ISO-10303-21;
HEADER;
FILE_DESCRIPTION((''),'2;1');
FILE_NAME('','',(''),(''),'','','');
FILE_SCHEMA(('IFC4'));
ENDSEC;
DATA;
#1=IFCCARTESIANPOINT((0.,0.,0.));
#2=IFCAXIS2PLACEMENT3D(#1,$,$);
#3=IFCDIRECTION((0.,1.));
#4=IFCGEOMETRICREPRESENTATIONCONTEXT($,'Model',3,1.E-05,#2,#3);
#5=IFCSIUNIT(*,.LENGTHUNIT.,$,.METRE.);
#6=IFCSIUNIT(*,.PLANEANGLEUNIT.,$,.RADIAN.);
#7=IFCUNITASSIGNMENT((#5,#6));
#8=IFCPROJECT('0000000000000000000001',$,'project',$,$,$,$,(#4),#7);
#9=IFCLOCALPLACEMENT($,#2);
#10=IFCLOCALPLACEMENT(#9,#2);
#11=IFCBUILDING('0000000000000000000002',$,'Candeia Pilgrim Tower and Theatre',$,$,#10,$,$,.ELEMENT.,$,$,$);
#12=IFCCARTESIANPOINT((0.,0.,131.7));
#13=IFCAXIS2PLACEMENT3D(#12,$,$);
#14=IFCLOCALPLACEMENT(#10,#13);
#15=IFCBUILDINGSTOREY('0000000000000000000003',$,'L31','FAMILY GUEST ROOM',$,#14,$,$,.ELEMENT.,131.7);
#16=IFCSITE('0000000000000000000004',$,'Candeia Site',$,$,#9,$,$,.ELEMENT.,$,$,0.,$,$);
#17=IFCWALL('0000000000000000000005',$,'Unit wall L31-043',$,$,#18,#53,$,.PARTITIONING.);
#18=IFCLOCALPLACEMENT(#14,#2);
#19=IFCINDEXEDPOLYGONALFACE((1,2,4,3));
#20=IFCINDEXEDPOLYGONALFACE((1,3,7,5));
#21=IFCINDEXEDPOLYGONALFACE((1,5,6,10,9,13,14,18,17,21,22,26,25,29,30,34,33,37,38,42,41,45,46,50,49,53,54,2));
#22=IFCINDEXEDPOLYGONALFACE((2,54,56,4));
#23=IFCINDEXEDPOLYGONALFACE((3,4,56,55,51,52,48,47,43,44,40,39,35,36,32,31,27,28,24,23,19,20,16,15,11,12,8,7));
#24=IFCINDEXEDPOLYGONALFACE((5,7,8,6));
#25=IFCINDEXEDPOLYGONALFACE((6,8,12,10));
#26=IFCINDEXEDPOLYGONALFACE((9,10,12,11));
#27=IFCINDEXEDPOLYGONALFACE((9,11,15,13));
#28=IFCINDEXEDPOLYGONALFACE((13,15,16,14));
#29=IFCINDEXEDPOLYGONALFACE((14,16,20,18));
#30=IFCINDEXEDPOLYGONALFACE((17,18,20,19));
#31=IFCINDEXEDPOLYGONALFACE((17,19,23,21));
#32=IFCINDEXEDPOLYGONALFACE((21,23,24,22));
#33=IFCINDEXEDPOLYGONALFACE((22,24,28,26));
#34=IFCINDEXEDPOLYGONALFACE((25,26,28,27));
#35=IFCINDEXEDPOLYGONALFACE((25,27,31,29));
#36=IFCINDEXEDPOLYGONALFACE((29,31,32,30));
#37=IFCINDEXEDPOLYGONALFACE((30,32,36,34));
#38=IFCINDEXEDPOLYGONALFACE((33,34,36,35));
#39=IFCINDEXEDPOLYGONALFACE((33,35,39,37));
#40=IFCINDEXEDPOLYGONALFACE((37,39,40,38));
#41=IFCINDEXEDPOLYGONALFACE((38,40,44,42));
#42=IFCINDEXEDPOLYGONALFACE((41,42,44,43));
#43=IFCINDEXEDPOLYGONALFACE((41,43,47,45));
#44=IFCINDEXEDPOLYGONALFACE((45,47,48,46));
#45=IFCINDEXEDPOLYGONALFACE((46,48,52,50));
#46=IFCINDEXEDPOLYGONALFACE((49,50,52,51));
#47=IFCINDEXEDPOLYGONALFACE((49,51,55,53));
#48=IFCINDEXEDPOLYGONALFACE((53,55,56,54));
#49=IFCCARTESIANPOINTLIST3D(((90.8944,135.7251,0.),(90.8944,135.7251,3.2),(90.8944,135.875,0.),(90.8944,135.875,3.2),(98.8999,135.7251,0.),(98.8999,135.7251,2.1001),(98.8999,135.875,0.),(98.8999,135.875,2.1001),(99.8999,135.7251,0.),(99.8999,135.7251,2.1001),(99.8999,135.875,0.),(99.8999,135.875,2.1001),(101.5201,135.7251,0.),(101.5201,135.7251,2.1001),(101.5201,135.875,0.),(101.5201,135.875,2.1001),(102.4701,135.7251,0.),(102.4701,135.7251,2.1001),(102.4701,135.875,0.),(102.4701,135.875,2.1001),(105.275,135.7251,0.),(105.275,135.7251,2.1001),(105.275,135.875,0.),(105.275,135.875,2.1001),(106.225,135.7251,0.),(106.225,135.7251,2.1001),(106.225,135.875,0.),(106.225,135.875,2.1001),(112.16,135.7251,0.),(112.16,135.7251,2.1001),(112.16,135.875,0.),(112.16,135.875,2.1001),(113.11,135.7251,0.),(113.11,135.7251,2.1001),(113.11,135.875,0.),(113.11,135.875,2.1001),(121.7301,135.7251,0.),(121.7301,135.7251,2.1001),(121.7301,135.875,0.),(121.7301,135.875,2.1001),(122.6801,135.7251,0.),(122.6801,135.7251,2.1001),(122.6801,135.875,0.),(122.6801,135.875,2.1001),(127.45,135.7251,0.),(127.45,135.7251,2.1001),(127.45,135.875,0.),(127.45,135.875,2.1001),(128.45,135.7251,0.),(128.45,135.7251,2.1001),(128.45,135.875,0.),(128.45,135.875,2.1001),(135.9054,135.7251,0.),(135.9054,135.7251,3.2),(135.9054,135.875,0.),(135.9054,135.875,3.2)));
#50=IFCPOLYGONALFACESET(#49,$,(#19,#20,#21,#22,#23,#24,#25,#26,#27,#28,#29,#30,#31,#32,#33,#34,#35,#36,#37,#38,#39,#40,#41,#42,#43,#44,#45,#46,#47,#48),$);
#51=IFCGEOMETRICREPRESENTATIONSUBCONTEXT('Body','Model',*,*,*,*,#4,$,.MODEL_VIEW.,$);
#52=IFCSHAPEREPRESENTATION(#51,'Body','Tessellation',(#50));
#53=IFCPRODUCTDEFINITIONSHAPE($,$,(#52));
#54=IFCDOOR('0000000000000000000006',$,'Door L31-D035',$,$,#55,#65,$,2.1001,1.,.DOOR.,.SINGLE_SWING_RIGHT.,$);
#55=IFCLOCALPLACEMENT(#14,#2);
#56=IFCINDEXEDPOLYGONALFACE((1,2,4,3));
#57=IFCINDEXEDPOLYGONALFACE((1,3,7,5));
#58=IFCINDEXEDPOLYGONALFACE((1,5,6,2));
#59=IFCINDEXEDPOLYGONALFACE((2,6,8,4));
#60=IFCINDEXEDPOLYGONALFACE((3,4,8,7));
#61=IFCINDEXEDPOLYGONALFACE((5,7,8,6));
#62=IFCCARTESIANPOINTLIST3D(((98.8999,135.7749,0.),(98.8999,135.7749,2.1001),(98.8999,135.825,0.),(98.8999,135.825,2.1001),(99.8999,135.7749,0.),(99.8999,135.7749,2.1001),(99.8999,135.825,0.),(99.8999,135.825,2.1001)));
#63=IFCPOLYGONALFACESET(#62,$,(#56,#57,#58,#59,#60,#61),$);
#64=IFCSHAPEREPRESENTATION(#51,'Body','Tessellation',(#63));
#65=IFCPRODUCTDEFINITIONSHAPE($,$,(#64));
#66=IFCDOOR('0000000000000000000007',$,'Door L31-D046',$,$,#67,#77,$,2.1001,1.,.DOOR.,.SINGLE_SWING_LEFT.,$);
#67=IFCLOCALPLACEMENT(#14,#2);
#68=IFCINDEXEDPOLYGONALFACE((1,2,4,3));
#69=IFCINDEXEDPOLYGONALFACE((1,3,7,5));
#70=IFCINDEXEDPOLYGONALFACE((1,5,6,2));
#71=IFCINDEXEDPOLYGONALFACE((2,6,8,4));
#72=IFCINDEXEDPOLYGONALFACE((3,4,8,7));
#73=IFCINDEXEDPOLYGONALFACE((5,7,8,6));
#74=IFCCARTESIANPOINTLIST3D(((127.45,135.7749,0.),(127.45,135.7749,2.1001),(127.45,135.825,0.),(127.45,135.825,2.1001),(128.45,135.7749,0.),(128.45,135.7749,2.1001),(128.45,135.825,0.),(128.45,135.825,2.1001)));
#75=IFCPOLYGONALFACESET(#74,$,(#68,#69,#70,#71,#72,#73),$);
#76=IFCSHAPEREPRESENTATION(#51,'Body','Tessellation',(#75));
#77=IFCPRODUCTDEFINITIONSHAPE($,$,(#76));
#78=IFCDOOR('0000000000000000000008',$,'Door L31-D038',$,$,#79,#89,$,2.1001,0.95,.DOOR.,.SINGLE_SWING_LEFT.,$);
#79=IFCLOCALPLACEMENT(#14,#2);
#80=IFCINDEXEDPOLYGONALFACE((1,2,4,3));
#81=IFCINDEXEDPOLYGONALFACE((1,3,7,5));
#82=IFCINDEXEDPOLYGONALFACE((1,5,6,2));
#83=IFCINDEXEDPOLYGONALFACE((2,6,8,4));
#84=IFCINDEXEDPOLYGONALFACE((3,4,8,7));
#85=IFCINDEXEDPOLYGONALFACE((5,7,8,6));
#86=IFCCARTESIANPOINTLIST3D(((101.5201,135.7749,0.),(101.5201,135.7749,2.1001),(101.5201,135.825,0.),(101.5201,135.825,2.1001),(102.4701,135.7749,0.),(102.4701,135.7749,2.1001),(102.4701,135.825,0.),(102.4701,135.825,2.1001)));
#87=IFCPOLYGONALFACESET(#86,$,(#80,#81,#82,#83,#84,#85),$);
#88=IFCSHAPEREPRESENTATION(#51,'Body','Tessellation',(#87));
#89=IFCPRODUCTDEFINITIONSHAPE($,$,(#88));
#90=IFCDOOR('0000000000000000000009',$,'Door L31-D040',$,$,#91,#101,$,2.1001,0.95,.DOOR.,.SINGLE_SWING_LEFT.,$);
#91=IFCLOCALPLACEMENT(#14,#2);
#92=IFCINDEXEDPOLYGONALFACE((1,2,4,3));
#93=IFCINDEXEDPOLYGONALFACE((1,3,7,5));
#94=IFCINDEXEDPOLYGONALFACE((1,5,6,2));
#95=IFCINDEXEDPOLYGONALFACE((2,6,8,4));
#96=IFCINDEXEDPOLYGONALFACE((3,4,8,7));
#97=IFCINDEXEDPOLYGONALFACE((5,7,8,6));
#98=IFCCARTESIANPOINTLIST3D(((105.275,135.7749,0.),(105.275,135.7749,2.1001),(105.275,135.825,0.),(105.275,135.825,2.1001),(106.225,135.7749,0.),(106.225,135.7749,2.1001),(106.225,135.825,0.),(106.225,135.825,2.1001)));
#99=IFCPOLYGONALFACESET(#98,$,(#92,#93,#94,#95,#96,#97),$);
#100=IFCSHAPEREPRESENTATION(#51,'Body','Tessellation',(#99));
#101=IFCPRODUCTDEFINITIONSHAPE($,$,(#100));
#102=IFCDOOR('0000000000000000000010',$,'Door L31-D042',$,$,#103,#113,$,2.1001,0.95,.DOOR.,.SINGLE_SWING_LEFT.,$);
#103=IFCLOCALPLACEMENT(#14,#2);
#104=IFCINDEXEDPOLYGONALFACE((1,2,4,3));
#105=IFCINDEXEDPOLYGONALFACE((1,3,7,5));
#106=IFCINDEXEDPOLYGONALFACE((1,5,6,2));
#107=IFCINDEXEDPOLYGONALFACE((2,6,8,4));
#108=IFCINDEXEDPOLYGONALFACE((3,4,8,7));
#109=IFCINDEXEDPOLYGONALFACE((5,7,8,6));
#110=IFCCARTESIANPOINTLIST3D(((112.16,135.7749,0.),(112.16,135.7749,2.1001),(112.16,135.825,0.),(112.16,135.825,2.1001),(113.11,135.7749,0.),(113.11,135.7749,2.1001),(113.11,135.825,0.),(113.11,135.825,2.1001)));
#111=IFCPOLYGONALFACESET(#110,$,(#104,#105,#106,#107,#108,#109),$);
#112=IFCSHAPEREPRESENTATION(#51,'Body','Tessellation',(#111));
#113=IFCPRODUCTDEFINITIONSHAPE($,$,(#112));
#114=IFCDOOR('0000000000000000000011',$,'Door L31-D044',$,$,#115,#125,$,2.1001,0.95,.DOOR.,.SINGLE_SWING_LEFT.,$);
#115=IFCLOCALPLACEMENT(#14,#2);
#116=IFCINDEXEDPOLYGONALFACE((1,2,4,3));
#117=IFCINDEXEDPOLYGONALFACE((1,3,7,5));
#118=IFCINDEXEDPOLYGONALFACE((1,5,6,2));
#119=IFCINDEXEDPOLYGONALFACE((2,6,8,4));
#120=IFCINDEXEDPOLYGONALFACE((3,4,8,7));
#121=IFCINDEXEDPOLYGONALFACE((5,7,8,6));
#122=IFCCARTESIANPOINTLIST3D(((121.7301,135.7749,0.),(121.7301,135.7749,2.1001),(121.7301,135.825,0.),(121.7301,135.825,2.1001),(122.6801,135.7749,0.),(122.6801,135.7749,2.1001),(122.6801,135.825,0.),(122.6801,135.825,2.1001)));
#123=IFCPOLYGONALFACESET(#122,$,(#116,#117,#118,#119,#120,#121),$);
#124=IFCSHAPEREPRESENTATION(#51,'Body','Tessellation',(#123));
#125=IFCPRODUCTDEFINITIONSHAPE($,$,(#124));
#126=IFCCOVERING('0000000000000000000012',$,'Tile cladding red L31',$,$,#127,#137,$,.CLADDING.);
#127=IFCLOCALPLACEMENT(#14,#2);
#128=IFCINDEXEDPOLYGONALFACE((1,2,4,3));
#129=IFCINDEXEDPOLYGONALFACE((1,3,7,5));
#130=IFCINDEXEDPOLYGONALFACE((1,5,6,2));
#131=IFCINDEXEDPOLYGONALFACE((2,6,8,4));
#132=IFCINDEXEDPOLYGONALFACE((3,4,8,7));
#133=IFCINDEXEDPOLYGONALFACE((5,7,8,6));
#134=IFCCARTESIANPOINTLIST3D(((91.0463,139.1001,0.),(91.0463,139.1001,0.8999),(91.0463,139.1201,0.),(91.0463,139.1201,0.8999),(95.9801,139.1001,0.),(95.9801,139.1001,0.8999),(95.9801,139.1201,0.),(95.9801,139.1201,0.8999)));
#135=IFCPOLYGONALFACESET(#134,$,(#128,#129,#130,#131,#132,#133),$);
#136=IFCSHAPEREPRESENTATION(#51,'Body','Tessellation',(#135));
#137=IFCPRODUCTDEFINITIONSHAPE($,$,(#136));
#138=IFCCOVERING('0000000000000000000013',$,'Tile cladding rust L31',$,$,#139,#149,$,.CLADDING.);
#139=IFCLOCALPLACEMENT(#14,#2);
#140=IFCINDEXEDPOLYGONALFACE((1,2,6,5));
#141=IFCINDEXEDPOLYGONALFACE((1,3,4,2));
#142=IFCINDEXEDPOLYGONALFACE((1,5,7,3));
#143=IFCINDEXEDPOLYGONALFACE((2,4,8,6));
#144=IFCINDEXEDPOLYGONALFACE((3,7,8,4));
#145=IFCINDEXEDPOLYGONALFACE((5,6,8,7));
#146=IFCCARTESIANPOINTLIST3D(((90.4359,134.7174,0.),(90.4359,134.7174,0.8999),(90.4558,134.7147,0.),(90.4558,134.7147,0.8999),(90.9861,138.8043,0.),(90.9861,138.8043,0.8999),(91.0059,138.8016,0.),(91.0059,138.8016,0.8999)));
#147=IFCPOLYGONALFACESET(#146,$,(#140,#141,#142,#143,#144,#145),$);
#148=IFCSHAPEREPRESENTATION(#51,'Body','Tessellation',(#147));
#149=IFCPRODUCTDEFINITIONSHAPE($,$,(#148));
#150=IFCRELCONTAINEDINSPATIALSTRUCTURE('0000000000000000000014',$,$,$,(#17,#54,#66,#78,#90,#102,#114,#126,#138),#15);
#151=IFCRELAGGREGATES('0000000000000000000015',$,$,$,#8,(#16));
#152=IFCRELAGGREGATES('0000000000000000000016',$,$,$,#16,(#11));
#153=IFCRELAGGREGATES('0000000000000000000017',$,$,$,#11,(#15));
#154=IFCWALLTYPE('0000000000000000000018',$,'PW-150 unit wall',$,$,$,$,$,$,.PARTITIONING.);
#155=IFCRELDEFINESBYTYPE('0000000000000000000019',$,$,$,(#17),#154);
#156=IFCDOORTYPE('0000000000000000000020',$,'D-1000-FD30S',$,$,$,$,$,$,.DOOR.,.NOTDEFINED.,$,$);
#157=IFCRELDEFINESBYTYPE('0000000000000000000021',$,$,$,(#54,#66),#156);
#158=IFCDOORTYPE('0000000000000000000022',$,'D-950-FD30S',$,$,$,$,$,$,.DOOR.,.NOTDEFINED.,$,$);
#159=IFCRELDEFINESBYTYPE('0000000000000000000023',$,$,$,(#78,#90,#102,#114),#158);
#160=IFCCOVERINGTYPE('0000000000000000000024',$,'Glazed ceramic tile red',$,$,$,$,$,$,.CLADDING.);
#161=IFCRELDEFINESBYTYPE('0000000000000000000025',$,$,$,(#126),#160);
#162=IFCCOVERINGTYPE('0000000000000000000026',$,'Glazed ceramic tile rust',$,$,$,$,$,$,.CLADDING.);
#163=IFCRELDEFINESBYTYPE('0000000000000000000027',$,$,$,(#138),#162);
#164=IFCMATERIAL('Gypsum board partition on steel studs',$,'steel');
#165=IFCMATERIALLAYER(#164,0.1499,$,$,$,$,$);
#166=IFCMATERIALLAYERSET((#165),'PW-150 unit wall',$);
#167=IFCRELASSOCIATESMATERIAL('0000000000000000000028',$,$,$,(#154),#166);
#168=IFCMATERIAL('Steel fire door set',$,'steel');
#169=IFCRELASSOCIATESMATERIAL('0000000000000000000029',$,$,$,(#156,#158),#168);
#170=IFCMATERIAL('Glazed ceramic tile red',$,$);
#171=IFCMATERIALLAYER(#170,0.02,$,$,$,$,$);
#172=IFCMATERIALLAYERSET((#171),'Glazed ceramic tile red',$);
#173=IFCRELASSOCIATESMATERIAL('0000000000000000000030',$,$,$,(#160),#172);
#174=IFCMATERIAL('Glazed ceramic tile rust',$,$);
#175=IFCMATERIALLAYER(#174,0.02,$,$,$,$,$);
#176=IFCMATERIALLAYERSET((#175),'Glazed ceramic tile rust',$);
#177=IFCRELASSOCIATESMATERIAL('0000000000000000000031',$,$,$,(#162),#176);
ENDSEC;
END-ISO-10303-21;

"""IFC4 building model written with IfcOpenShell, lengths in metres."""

from ifc_helpers import new_model, si_unit, direction, frame, frame_2d, origin, origin_2d, place, context, subcontext, project, spatial, rectangle, extrude, material, layer, layer_set, type_object, element, fill, save


model = new_model("IFC4")

# Units and contexts
model_context = context("Model", 3, precision=1e-05, world=origin(), true_north=direction((0.0, 1.0)))
body_context = subcontext(model_context, "Body", "Model", "MODEL_VIEW")
ifc_project = project(units=[si_unit("LENGTHUNIT", "METRE"), si_unit("PLANEANGLEUNIT", "RADIAN")], contexts=[model_context])

# Site, building, storey
site_placement = place(None, origin())
site = spatial("IfcSite", under=ifc_project, at=site_placement, Name="Candeia Site", CompositionType="ELEMENT", RefElevation=0.0)
building_placement = place(site_placement, origin())
building = spatial("IfcBuilding", under=site, at=building_placement, Name="Candeia Pilgrim Tower and Theatre", CompositionType="ELEMENT")
storey_placement = place(building_placement, frame((0.0, 0.0, 131.7)))
storey = spatial("IfcBuildingStorey", under=building, at=storey_placement, Name="L31", Description="FAMILY GUEST ROOM", CompositionType="ELEMENT", Elevation=131.7)

# Shared definitions
ifc_material_1 = material(Name="Gypsum board partition on steel studs", Category="steel")

# Wall, openings, doors
ifc_layer_1 = layer(ifc_material_1, 0.1499)
ifc_layer_set_1 = layer_set([ifc_layer_1], Name="PW-150 unit wall")
wall_type_1 = type_object("IfcWallType", Name="PW-150 unit wall", PredefinedType="PARTITIONING", material=ifc_layer_set_1)
wall_1_placement = place(storey_placement, frame((90.8945, 135.8, 0.0), z_axis=(0.0, 0.0, 1.0), x_axis=(1.0, 0.0, 0.0)))
wall_1 = element("IfcWall", 1, at=wall_1_placement, inside=storey, type_object=wall_type_1, Name="Unit wall L31-043", PredefinedType="PARTITIONING", context=body_context, shape_type="SweptSolid", body=[
    extrude(rectangle(XDim=45.011, YDim=0.1499, at=frame_2d((22.5054, 0.0))), origin(), (0.0, 0.0, 1.0), 3.2),
])
opening_1_placement = place(wall_1_placement, frame((8.0054, 0.0, 0.0)))
opening_1 = element("IfcOpeningElement", 2, at=opening_1_placement, cuts=wall_1, PredefinedType="OPENING", context=body_context, shape_type="SweptSolid", body=[
    extrude(rectangle(XDim=1.0, YDim=2.1001, at=frame_2d((0.5, 1.05))), frame((0.0, 0.085, 0.0), z_axis=(0.0, -1.0, 0.0), x_axis=(1.0, 0.0, 0.0)), (0.0, 0.0, 1.0), 0.1699),
])
opening_2_placement = place(wall_1_placement, frame((10.6255, 0.0, 0.0)))
opening_2 = element("IfcOpeningElement", 3, at=opening_2_placement, cuts=wall_1, PredefinedType="OPENING", context=body_context, shape_type="SweptSolid", body=[
    extrude(rectangle(XDim=0.95, YDim=2.1001, at=frame_2d((0.4751, 1.05))), frame((0.0, 0.085, 0.0), z_axis=(0.0, -1.0, 0.0), x_axis=(1.0, 0.0, 0.0)), (0.0, 0.0, 1.0), 0.1699),
])
opening_3_placement = place(wall_1_placement, frame((14.3804, 0.0, 0.0)))
opening_3 = element("IfcOpeningElement", 4, at=opening_3_placement, cuts=wall_1, PredefinedType="OPENING", context=body_context, shape_type="SweptSolid", body=[
    extrude(rectangle(XDim=0.95, YDim=2.1001, at=frame_2d((0.4751, 1.05))), frame((0.0, 0.085, 0.0), z_axis=(0.0, -1.0, 0.0), x_axis=(1.0, 0.0, 0.0)), (0.0, 0.0, 1.0), 0.1699),
])
opening_4_placement = place(wall_1_placement, frame((21.2654, 0.0, 0.0)))
opening_4 = element("IfcOpeningElement", 5, at=opening_4_placement, cuts=wall_1, PredefinedType="OPENING", context=body_context, shape_type="SweptSolid", body=[
    extrude(rectangle(XDim=0.95, YDim=2.1001, at=frame_2d((0.4751, 1.05))), frame((0.0, 0.085, 0.0), z_axis=(0.0, -1.0, 0.0), x_axis=(1.0, 0.0, 0.0)), (0.0, 0.0, 1.0), 0.1699),
])
opening_5_placement = place(wall_1_placement, frame((30.8354, 0.0, 0.0)))
opening_5 = element("IfcOpeningElement", 6, at=opening_5_placement, cuts=wall_1, PredefinedType="OPENING", context=body_context, shape_type="SweptSolid", body=[
    extrude(rectangle(XDim=0.95, YDim=2.1001, at=frame_2d((0.4751, 1.05))), frame((0.0, 0.085, 0.0), z_axis=(0.0, -1.0, 0.0), x_axis=(1.0, 0.0, 0.0)), (0.0, 0.0, 1.0), 0.1699),
])
opening_6_placement = place(wall_1_placement, frame((36.5554, 0.0, 0.0)))
opening_6 = element("IfcOpeningElement", 7, at=opening_6_placement, cuts=wall_1, PredefinedType="OPENING", context=body_context, shape_type="SweptSolid", body=[
    extrude(rectangle(XDim=1.0, YDim=2.1001, at=frame_2d((0.5, 1.05))), frame((0.0, 0.085, 0.0), z_axis=(0.0, -1.0, 0.0), x_axis=(1.0, 0.0, 0.0)), (0.0, 0.0, 1.0), 0.1699),
])
ifc_material_2 = material(Name="Steel fire door set", Category="steel")
door_type_1 = type_object("IfcDoorType", Name="D-1000-FD30S", OperationType="NOTDEFINED", PredefinedType="DOOR", material=ifc_material_2)
door_1_placement = place(opening_1_placement, origin())
door_1 = element("IfcDoor", 8, at=door_1_placement, inside=storey, type_object=door_type_1, Name="Door L31-D035", OperationType="SINGLE_SWING_RIGHT", OverallHeight=2.1001, OverallWidth=1.0, PredefinedType="DOOR", context=body_context, shape_type="SweptSolid", body=[
    extrude(rectangle(XDim=1.0, YDim=2.1001, at=frame_2d((0.5, 1.05))), frame((0.0, 0.0249, 0.0), z_axis=(0.0, -1.0, 0.0), x_axis=(1.0, 0.0, 0.0)), (0.0, 0.0, 1.0), 0.05),
])
fill(opening_1, door_1)
door_2_placement = place(opening_6_placement, origin())
door_2 = element("IfcDoor", 9, at=door_2_placement, inside=storey, type_object=door_type_1, Name="Door L31-D046", OperationType="SINGLE_SWING_LEFT", OverallHeight=2.1001, OverallWidth=1.0, PredefinedType="DOOR", context=body_context, shape_type="SweptSolid", body=[
    extrude(rectangle(XDim=1.0, YDim=2.1001, at=frame_2d((0.5, 1.05))), frame((0.0, 0.0249, 0.0), z_axis=(0.0, -1.0, 0.0), x_axis=(1.0, 0.0, 0.0)), (0.0, 0.0, 1.0), 0.05),
])
fill(opening_6, door_2)
door_type_2 = type_object("IfcDoorType", Name="D-950-FD30S", OperationType="NOTDEFINED", PredefinedType="DOOR", material=ifc_material_2)
door_3_placement = place(opening_2_placement, origin())
door_3 = element("IfcDoor", 10, at=door_3_placement, inside=storey, type_object=door_type_2, Name="Door L31-D038", OperationType="SINGLE_SWING_LEFT", OverallHeight=2.1001, OverallWidth=0.95, PredefinedType="DOOR", context=body_context, shape_type="SweptSolid", body=[
    extrude(rectangle(XDim=0.95, YDim=2.1001, at=frame_2d((0.4751, 1.05))), frame((0.0, 0.0249, 0.0), z_axis=(0.0, -1.0, 0.0), x_axis=(1.0, 0.0, 0.0)), (0.0, 0.0, 1.0), 0.05),
])
fill(opening_2, door_3)
door_4_placement = place(opening_3_placement, origin())
door_4 = element("IfcDoor", 11, at=door_4_placement, inside=storey, type_object=door_type_2, Name="Door L31-D040", OperationType="SINGLE_SWING_LEFT", OverallHeight=2.1001, OverallWidth=0.95, PredefinedType="DOOR", context=body_context, shape_type="SweptSolid", body=[
    extrude(rectangle(XDim=0.95, YDim=2.1001, at=frame_2d((0.4751, 1.05))), frame((0.0, 0.0249, 0.0), z_axis=(0.0, -1.0, 0.0), x_axis=(1.0, 0.0, 0.0)), (0.0, 0.0, 1.0), 0.05),
])
fill(opening_3, door_4)
door_5_placement = place(opening_4_placement, origin())
door_5 = element("IfcDoor", 12, at=door_5_placement, inside=storey, type_object=door_type_2, Name="Door L31-D042", OperationType="SINGLE_SWING_LEFT", OverallHeight=2.1001, OverallWidth=0.95, PredefinedType="DOOR", context=body_context, shape_type="SweptSolid", body=[
    extrude(rectangle(XDim=0.95, YDim=2.1001, at=frame_2d((0.4751, 1.05))), frame((0.0, 0.0249, 0.0), z_axis=(0.0, -1.0, 0.0), x_axis=(1.0, 0.0, 0.0)), (0.0, 0.0, 1.0), 0.05),
])
fill(opening_4, door_5)
door_6_placement = place(opening_5_placement, origin())
door_6 = element("IfcDoor", 13, at=door_6_placement, inside=storey, type_object=door_type_2, Name="Door L31-D044", OperationType="SINGLE_SWING_LEFT", OverallHeight=2.1001, OverallWidth=0.95, PredefinedType="DOOR", context=body_context, shape_type="SweptSolid", body=[
    extrude(rectangle(XDim=0.95, YDim=2.1001, at=frame_2d((0.4751, 1.05))), frame((0.0, 0.0249, 0.0), z_axis=(0.0, -1.0, 0.0), x_axis=(1.0, 0.0, 0.0)), (0.0, 0.0, 1.0), 0.05),
])
fill(opening_5, door_6)

# Coverings
ifc_material_3 = material(Name="Glazed ceramic tile red")
ifc_layer_2 = layer(ifc_material_3, 0.02)
ifc_layer_set_2 = layer_set([ifc_layer_2], Name="Glazed ceramic tile red")
covering_type_1 = type_object("IfcCoveringType", Name="Glazed ceramic tile red", PredefinedType="CLADDING", material=ifc_layer_set_2)
covering_1_placement = place(storey_placement, frame((93.5132, 139.1101, 0.0), z_axis=(0.0, 0.0, 1.0), x_axis=(-1.0, 0.0, 0.0)))
element("IfcCovering", 14, at=covering_1_placement, inside=storey, type_object=covering_type_1, Name="Tile cladding red L31", PredefinedType="CLADDING", context=body_context, shape_type="SweptSolid", body=[
    extrude(rectangle(XDim=4.9338, YDim=0.02, at=origin_2d()), origin(), (0.0, 0.0, 1.0), 0.8999),
])
ifc_material_4 = material(Name="Glazed ceramic tile rust")
ifc_layer_3 = layer(ifc_material_4, 0.02)
ifc_layer_set_3 = layer_set([ifc_layer_3], Name="Glazed ceramic tile rust")
covering_type_2 = type_object("IfcCoveringType", Name="Glazed ceramic tile rust", PredefinedType="CLADDING", material=ifc_layer_set_3)
covering_2_placement = place(storey_placement, frame((90.7209, 136.7595, 0.0), z_axis=(0.0, 0.0, 1.0), x_axis=(-0.133412, -0.991061, 0.0)))
element("IfcCovering", 15, at=covering_2_placement, inside=storey, type_object=covering_type_2, Name="Tile cladding rust L31", PredefinedType="CLADDING", context=body_context, shape_type="SweptSolid", body=[
    extrude(rectangle(XDim=4.1238, YDim=0.02, at=origin_2d()), origin(), (0.0, 0.0, 1.0), 0.8999),
])

save(model, "model.ifc")
